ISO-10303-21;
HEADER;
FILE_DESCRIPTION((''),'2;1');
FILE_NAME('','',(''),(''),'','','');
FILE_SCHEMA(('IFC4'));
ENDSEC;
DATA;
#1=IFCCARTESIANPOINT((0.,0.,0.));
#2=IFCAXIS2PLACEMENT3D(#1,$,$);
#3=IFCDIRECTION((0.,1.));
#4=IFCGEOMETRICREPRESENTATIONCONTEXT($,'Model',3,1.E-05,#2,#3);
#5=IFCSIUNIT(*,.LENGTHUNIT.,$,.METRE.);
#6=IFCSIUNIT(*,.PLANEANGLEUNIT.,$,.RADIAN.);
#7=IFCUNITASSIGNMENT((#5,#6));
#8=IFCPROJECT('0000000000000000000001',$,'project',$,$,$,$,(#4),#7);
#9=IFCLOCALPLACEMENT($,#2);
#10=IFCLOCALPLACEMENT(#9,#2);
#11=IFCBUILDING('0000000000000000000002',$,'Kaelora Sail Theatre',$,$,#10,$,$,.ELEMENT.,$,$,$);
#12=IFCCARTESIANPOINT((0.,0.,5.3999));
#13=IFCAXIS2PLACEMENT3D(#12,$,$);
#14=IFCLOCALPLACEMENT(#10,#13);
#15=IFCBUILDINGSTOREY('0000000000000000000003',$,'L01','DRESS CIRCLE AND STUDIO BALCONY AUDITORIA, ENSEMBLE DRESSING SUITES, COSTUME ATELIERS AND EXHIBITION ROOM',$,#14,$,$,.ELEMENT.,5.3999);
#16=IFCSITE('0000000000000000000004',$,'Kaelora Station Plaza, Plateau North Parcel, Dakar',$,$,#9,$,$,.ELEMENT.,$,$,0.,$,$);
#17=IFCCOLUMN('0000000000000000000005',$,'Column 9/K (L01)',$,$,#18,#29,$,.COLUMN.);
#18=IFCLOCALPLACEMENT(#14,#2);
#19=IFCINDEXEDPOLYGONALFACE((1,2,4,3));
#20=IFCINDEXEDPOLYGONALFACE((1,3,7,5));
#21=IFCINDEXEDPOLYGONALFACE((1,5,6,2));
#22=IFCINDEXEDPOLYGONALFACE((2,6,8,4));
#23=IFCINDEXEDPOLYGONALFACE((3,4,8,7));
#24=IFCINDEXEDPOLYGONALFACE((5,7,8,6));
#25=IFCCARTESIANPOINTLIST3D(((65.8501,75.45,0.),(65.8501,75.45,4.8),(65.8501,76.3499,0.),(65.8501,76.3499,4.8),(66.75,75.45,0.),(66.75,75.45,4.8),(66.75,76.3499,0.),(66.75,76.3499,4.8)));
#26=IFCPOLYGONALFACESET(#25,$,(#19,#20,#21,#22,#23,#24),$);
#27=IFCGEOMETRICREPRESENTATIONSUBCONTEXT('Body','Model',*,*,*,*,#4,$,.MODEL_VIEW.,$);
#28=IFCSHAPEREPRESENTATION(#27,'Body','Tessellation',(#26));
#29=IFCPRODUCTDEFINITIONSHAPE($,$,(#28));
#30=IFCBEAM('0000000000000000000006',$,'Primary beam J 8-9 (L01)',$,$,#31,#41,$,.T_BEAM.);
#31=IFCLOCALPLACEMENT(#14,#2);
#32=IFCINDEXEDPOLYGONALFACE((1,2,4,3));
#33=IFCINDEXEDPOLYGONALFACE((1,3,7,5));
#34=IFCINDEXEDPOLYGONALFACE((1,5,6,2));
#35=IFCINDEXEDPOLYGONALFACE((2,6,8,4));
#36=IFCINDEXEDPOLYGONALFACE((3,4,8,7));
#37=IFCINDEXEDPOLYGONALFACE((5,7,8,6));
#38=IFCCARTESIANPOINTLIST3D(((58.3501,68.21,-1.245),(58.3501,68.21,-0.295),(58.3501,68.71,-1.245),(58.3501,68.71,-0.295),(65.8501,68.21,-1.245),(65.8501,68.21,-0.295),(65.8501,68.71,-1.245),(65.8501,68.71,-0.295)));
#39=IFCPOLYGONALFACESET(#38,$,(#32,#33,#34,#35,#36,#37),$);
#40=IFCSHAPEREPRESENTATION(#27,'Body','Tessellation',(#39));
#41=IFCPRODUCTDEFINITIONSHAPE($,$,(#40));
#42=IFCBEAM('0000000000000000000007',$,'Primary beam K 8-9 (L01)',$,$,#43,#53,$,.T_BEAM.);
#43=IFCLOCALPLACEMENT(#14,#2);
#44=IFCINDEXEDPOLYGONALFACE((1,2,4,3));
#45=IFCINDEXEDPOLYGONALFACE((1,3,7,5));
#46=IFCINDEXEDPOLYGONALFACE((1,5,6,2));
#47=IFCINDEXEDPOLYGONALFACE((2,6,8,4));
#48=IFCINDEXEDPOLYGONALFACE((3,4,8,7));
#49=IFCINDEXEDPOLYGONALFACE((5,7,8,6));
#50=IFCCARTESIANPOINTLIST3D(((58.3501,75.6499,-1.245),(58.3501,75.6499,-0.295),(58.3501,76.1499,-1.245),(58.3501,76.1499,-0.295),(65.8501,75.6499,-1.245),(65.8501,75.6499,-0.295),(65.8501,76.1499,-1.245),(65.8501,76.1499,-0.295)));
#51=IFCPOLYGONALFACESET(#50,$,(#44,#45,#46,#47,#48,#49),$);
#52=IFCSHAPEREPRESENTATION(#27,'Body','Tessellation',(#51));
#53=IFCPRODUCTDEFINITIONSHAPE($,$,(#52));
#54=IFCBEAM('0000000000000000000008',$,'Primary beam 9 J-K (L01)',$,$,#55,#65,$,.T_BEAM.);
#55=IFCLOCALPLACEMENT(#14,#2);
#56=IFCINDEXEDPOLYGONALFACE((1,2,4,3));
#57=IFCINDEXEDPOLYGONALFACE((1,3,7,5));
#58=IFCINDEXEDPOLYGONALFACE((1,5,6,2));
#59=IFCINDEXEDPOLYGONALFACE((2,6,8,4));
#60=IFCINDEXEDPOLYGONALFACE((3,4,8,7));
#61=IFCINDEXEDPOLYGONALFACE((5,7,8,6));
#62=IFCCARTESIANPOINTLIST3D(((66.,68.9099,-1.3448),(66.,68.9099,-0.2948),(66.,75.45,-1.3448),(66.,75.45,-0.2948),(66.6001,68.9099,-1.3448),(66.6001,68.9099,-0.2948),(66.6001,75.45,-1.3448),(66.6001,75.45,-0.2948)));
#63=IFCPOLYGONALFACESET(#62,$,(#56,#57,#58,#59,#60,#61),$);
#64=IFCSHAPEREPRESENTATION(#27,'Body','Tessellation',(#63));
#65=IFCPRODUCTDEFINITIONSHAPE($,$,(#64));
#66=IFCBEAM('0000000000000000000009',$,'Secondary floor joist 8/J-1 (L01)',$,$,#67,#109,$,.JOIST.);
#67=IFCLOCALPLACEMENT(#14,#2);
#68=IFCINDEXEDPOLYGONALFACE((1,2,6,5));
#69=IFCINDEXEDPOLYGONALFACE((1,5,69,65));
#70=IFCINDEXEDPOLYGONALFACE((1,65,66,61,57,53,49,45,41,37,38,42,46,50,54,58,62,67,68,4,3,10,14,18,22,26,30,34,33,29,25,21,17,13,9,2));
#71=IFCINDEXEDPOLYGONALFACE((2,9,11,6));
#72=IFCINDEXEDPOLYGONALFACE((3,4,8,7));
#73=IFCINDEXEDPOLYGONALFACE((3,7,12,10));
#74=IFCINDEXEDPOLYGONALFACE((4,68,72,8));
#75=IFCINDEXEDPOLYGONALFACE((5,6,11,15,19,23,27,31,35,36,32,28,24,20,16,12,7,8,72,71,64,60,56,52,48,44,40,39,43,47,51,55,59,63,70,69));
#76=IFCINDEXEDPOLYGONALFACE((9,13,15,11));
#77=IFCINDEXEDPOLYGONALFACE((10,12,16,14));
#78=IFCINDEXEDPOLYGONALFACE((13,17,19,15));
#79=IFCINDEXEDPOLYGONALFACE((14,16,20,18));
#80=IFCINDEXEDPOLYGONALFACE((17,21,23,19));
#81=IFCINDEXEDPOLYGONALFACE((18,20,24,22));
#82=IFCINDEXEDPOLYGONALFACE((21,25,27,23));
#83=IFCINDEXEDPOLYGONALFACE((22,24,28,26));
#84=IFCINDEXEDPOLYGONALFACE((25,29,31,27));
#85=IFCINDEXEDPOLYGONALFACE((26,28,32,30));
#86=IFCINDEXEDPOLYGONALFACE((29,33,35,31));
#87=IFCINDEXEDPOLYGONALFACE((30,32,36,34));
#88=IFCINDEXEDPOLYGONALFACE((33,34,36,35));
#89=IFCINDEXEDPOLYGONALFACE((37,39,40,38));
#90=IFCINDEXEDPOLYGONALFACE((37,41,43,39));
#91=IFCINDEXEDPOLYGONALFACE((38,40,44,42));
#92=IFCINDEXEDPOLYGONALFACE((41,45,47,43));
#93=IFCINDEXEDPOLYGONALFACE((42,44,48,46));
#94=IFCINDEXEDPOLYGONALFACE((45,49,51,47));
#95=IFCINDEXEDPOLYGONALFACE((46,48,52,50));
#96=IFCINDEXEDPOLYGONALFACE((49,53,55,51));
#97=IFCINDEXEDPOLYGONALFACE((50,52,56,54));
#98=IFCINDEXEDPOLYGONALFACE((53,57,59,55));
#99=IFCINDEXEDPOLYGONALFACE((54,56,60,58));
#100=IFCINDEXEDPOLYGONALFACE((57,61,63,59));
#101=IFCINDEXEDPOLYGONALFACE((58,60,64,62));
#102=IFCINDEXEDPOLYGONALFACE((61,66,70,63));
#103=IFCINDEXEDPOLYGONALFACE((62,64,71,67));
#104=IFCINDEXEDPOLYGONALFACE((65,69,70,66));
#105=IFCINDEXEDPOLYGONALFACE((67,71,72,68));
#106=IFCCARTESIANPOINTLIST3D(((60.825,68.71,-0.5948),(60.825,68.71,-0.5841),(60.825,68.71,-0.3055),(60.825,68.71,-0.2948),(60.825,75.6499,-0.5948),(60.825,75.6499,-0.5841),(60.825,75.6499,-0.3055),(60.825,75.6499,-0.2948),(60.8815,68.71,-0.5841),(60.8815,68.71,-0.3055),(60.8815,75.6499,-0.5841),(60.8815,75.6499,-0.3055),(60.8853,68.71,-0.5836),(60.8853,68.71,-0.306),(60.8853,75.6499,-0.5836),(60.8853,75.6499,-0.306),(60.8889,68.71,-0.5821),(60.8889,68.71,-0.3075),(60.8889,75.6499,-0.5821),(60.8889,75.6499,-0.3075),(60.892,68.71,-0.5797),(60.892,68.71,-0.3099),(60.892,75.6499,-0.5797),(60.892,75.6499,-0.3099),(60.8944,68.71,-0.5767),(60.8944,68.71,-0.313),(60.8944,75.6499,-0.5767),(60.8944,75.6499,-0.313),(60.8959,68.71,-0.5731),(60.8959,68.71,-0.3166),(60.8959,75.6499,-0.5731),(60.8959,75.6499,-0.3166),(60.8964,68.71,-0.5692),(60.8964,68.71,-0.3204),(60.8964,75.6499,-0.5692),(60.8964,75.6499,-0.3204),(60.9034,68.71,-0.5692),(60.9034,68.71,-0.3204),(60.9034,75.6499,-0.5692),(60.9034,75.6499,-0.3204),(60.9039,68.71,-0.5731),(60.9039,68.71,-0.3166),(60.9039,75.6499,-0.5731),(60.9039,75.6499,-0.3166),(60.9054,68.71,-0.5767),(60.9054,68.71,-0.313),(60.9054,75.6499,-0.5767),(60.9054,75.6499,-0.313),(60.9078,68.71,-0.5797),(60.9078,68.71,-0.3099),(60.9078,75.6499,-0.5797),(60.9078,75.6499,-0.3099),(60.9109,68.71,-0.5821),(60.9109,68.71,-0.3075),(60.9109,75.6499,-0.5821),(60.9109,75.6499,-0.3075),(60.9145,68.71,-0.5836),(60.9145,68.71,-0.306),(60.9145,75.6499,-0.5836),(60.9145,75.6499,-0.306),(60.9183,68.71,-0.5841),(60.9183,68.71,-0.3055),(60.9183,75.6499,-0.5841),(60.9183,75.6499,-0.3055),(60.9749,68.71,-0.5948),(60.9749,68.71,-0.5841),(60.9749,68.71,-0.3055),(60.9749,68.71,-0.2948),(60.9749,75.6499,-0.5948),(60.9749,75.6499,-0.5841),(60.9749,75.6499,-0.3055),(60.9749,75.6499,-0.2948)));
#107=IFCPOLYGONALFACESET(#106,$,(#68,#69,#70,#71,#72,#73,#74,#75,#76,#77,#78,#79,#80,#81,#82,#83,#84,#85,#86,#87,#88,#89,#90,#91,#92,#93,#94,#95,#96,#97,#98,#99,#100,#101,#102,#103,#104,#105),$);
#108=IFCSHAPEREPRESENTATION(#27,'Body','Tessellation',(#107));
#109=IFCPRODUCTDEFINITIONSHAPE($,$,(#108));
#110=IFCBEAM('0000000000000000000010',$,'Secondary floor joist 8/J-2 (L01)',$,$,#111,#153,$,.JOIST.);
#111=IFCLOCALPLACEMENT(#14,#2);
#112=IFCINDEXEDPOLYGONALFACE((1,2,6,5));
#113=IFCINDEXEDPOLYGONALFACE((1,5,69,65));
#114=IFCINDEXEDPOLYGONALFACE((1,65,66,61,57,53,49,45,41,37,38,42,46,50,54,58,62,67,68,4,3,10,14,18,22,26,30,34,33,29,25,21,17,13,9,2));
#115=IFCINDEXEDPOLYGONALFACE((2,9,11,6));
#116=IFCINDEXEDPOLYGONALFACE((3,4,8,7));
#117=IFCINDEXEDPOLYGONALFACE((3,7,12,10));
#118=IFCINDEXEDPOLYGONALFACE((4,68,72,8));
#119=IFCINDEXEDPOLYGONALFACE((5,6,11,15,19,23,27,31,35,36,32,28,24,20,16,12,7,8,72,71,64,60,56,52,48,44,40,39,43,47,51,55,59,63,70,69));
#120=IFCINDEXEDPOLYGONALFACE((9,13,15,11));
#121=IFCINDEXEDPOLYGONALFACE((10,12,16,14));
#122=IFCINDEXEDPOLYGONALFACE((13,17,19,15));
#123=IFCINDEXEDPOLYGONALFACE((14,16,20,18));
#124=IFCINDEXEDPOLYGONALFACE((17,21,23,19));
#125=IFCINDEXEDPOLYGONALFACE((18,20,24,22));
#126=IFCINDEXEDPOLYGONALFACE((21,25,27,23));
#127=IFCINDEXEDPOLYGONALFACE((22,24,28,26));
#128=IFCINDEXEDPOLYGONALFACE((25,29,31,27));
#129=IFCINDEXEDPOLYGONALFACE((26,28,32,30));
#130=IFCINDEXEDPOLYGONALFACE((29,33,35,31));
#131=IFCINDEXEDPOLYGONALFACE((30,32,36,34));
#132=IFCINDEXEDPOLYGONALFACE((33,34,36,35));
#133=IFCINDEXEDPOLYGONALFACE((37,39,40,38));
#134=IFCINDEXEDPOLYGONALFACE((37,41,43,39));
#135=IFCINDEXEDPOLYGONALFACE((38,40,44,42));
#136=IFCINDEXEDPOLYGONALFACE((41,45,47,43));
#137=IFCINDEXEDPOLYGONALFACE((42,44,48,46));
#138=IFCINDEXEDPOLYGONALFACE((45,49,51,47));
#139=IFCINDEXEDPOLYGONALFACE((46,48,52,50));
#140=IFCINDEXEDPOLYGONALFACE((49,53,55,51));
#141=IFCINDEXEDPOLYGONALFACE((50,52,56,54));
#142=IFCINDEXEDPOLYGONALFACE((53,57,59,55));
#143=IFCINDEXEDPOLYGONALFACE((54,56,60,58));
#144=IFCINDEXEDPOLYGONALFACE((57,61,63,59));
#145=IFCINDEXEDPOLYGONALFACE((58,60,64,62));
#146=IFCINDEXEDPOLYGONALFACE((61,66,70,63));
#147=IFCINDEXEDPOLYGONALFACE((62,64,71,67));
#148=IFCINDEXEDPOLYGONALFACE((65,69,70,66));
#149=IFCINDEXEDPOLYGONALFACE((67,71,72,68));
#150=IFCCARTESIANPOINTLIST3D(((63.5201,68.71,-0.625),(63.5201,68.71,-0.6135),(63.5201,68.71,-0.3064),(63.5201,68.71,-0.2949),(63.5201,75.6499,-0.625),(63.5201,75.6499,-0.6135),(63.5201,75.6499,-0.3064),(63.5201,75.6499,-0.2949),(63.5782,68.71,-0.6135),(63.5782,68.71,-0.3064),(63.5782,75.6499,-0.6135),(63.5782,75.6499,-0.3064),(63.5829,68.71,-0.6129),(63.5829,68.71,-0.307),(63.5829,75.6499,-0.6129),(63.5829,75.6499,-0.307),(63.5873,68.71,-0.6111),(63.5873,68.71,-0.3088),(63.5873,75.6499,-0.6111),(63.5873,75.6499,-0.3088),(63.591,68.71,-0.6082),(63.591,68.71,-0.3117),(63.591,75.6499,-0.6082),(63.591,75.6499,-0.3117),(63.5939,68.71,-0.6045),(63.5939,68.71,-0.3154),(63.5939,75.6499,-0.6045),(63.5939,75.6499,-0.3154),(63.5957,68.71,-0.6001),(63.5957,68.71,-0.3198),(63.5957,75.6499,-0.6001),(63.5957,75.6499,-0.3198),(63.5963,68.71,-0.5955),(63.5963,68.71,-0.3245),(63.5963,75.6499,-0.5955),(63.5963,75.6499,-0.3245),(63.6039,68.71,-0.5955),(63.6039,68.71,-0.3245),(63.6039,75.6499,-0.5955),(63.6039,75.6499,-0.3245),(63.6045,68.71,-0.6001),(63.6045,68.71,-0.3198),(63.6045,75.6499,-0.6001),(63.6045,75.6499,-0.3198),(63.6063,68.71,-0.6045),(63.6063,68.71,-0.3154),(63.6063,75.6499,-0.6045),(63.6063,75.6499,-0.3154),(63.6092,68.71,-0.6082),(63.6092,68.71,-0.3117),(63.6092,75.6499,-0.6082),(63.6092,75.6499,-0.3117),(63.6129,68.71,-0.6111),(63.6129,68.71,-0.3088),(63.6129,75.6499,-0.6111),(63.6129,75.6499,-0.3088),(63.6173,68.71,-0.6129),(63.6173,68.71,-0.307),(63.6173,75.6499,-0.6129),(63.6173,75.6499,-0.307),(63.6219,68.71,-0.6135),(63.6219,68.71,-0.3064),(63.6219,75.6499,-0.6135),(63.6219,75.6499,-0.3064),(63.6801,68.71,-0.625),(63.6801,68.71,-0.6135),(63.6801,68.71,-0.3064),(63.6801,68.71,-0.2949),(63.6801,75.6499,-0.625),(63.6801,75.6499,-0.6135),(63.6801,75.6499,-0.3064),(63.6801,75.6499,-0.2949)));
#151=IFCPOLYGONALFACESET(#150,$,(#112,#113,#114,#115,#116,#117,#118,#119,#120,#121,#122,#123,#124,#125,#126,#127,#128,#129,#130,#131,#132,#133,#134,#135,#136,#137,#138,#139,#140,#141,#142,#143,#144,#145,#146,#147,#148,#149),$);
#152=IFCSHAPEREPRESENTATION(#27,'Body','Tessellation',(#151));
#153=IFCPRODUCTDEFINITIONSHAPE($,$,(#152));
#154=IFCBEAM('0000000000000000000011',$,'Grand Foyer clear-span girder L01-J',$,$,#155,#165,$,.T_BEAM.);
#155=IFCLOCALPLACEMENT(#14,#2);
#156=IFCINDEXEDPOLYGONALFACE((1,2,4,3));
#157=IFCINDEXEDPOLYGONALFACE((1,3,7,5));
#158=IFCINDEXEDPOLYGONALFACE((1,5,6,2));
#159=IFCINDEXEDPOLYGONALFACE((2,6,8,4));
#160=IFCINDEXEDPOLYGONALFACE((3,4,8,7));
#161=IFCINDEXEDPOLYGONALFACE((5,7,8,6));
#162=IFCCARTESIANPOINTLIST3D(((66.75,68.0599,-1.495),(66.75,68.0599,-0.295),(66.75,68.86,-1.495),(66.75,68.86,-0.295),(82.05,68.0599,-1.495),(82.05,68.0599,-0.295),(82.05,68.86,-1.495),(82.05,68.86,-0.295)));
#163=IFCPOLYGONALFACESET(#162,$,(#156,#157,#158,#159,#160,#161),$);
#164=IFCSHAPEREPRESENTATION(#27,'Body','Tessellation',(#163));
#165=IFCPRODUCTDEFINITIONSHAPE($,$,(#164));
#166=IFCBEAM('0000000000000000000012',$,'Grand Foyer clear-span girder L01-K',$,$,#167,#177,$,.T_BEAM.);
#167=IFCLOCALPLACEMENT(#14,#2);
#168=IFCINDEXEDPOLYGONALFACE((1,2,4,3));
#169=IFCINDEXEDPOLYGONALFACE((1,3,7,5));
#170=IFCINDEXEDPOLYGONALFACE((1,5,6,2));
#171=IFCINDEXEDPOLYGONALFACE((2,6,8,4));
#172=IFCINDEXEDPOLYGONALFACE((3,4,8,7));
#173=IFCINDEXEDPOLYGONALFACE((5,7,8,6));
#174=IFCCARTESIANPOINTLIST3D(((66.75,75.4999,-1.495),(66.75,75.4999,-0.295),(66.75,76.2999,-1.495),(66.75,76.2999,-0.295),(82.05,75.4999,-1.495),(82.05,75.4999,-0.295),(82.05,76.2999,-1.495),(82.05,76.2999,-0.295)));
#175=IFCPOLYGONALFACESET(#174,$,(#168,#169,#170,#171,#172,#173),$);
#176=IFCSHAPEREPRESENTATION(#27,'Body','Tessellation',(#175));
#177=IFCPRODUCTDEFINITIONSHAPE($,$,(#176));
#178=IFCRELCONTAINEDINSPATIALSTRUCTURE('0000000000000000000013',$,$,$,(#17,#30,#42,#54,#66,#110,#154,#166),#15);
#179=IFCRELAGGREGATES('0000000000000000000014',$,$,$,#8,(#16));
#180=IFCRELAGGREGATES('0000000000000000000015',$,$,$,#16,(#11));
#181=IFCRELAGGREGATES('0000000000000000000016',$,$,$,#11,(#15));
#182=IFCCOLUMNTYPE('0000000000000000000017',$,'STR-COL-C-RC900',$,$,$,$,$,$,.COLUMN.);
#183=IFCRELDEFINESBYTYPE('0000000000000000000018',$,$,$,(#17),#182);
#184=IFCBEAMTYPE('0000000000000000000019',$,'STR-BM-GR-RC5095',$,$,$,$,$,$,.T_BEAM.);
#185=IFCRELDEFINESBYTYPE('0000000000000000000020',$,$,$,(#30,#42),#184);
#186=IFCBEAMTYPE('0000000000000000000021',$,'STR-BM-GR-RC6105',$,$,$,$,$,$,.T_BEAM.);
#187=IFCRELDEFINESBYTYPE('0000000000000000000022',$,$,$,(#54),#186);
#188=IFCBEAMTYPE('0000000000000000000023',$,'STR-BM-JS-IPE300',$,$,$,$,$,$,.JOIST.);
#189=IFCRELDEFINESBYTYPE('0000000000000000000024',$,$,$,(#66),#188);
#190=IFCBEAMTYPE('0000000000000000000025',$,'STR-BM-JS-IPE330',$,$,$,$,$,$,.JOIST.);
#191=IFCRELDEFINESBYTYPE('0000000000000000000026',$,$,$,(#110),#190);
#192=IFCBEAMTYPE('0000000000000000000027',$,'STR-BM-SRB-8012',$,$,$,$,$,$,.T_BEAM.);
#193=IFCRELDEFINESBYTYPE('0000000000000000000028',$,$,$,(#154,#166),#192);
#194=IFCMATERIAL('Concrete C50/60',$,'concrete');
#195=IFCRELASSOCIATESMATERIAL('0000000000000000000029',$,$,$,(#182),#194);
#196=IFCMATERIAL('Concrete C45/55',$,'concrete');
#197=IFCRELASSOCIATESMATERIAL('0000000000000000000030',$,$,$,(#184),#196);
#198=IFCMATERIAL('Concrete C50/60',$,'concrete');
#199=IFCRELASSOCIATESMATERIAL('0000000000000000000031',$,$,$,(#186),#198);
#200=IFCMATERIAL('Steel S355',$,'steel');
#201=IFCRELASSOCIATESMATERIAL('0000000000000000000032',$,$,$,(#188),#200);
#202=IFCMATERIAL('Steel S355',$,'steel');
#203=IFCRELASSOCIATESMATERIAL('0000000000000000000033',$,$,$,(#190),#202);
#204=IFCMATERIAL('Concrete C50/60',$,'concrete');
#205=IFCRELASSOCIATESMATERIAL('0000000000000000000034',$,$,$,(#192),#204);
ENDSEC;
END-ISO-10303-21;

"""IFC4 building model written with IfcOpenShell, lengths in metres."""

from ifc_helpers import new_model, si_unit, direction, frame, origin, origin_2d, place, context, subcontext, project, spatial, rectangle, i_section, extrude, material, material_profile, profile_set, type_object, element, save


model = new_model("IFC4")

# Units and contexts
model_context = context("Model", 3, precision=1e-05, world=origin(), true_north=direction((0.0, 1.0)))
body_context = subcontext(model_context, "Body", "Model", "MODEL_VIEW")
ifc_project = project(units=[si_unit("LENGTHUNIT", "METRE"), si_unit("PLANEANGLEUNIT", "RADIAN")], contexts=[model_context])

# Site, building, storey
site_placement = place(None, origin())
site = spatial("IfcSite", under=ifc_project, at=site_placement, Name="Kaelora Station Plaza, Plateau North Parcel, Dakar", CompositionType="ELEMENT", RefElevation=0.0)
building_placement = place(site_placement, origin())
building = spatial("IfcBuilding", under=site, at=building_placement, Name="Kaelora Sail Theatre", CompositionType="ELEMENT")
storey_placement = place(building_placement, frame((0.0, 0.0, 5.3999)))
storey = spatial("IfcBuildingStorey", under=building, at=storey_placement, Name="L01", Description="DRESS CIRCLE AND STUDIO BALCONY AUDITORIA, ENSEMBLE DRESSING SUITES, COSTUME ATELIERS AND EXHIBITION ROOM", CompositionType="ELEMENT", Elevation=5.3999)

# Column
ifc_material_1 = material(Name="Concrete C50/60", Category="concrete")
ifc_material_profile_1 = material_profile(ifc_material_1, rectangle(XDim=0.8999, YDim=0.8999, at=origin_2d()), Name="RC-COL 900x900")
ifc_profile_set_1 = profile_set([ifc_material_profile_1], Name="Concrete C50/60")
column_type_1 = type_object("IfcColumnType", Name="STR-COL-C-RC900", PredefinedType="COLUMN", material=ifc_profile_set_1)
for number, where, z_axis, x_axis, name in (
    (1, (66.3, 75.8999, 0.0), (0.0, 0.0, 1.0), (1.0, 0.0, 0.0), "Column 9/K (L01)"),
):
    element("IfcColumn", number, at=place(storey_placement, frame(where, z_axis=z_axis, x_axis=x_axis)), inside=storey, type_object=column_type_1, Name=name, PredefinedType="COLUMN", context=body_context, shape_type="SweptSolid", body=[
        extrude(rectangle(XDim=0.8999, YDim=0.8999, at=origin_2d()), origin(), (0.0, 0.0, 1.0), 4.8),
    ])

# Beams
ifc_material_2 = material(Name="Concrete C45/55", Category="concrete")
ifc_material_profile_2 = material_profile(ifc_material_2, rectangle(XDim=0.5, YDim=0.95, at=origin_2d()), Name="RC-GRD 500x950")
ifc_profile_set_2 = profile_set([ifc_material_profile_2], Name="Concrete C45/55")
beam_type_1 = type_object("IfcBeamType", Name="STR-BM-GR-RC5095", PredefinedType="T_BEAM", material=ifc_profile_set_2)
for number, where, z_axis, x_axis, name in (
    (2, (58.3501, 68.46, -0.77), (1.0, 0.0, 0.0), (0.0, 1.0, 0.0), "Primary beam J 8-9 (L01)"),
    (3, (58.3501, 75.8999, -0.77), (1.0, 0.0, 0.0), (0.0, 1.0, 0.0), "Primary beam K 8-9 (L01)"),
):
    element("IfcBeam", number, at=place(storey_placement, frame(where, z_axis=z_axis, x_axis=x_axis)), inside=storey, type_object=beam_type_1, Name=name, PredefinedType="T_BEAM", context=body_context, shape_type="SweptSolid", body=[
        extrude(rectangle(XDim=0.5, YDim=0.95, at=origin_2d()), origin(), (0.0, 0.0, 1.0), 7.5),
    ])
ifc_material_3 = material(Name="Concrete C50/60", Category="concrete")
ifc_material_profile_3 = material_profile(ifc_material_3, rectangle(XDim=0.6001, YDim=1.05, at=origin_2d()), Name="RC-GRD 600x1050")
ifc_profile_set_3 = profile_set([ifc_material_profile_3], Name="Concrete C50/60")
beam_type_2 = type_object("IfcBeamType", Name="STR-BM-GR-RC6105", PredefinedType="T_BEAM", material=ifc_profile_set_3)
beam_1_placement = place(storey_placement, frame((66.3, 68.9099, -0.8198), z_axis=(0.0, 1.0, 0.0), x_axis=(-1.0, 0.0, 0.0)))
element("IfcBeam", 4, at=beam_1_placement, inside=storey, type_object=beam_type_2, Name="Primary beam 9 J-K (L01)", PredefinedType="T_BEAM", context=body_context, shape_type="SweptSolid", body=[
    extrude(rectangle(XDim=0.6001, YDim=1.05, at=origin_2d()), origin(), (0.0, 0.0, 1.0), 6.54),
])
ifc_material_4 = material(Name="Steel S355", Category="steel")
ifc_material_profile_4 = material_profile(ifc_material_4, i_section(OverallWidth=0.1499, OverallDepth=0.3, WebThickness=0.0071, FlangeThickness=0.0107, FilletRadius=0.0149, at=origin_2d()), Name="IPE 300")
ifc_profile_set_4 = profile_set([ifc_material_profile_4], Name="Steel S355")
beam_type_3 = type_object("IfcBeamType", Name="STR-BM-JS-IPE300", PredefinedType="JOIST", material=ifc_profile_set_4)
beam_2_placement = place(storey_placement, frame((60.8999, 68.71, -0.4448), z_axis=(0.0, 1.0, 0.0), x_axis=(-1.0, 0.0, 0.0)))
element("IfcBeam", 5, at=beam_2_placement, inside=storey, type_object=beam_type_3, Name="Secondary floor joist 8/J-1 (L01)", PredefinedType="JOIST", context=body_context, shape_type="SweptSolid", body=[
    extrude(i_section(OverallWidth=0.1499, OverallDepth=0.3, WebThickness=0.0071, FlangeThickness=0.0107, FilletRadius=0.0149, at=origin_2d()), origin(), (0.0, 0.0, 1.0), 6.9399),
])
ifc_material_5 = material(Name="Steel S355", Category="steel")
ifc_material_profile_5 = material_profile(ifc_material_5, i_section(OverallWidth=0.1599, OverallDepth=0.3301, WebThickness=0.0076, FlangeThickness=0.0115, FilletRadius=0.0181, at=origin_2d()), Name="IPE 330")
ifc_profile_set_5 = profile_set([ifc_material_profile_5], Name="Steel S355")
beam_type_4 = type_object("IfcBeamType", Name="STR-BM-JS-IPE330", PredefinedType="JOIST", material=ifc_profile_set_5)
beam_3_placement = place(storey_placement, frame((63.6001, 68.71, -0.46), z_axis=(0.0, 1.0, 0.0), x_axis=(-1.0, 0.0, 0.0)))
element("IfcBeam", 6, at=beam_3_placement, inside=storey, type_object=beam_type_4, Name="Secondary floor joist 8/J-2 (L01)", PredefinedType="JOIST", context=body_context, shape_type="SweptSolid", body=[
    extrude(i_section(OverallWidth=0.1599, OverallDepth=0.3301, WebThickness=0.0076, FlangeThickness=0.0115, FilletRadius=0.0181, at=origin_2d()), origin(), (0.0, 0.0, 1.0), 6.9399),
])
ifc_material_6 = material(Name="Concrete C50/60", Category="concrete")
ifc_material_profile_6 = material_profile(ifc_material_6, rectangle(XDim=0.8, YDim=1.2, at=origin_2d()), Name="RC-SRB 800x1200")
ifc_profile_set_6 = profile_set([ifc_material_profile_6], Name="Concrete C50/60")
beam_type_5 = type_object("IfcBeamType", Name="STR-BM-SRB-8012", PredefinedType="T_BEAM", material=ifc_profile_set_6)
for number, where, z_axis, x_axis, name in (
    (7, (66.75, 68.46, -0.895), (1.0, 0.0, 0.0), (0.0, 1.0, 0.0), "Grand Foyer clear-span girder L01-J"),
    (8, (66.75, 75.8999, -0.895), (1.0, 0.0, 0.0), (0.0, 1.0, 0.0), "Grand Foyer clear-span girder L01-K"),
):
    element("IfcBeam", number, at=place(storey_placement, frame(where, z_axis=z_axis, x_axis=x_axis)), inside=storey, type_object=beam_type_5, Name=name, PredefinedType="T_BEAM", context=body_context, shape_type="SweptSolid", body=[
        extrude(rectangle(XDim=0.8, YDim=1.2, at=origin_2d()), origin(), (0.0, 0.0, 1.0), 15.3),
    ])

save(model, "model.ifc")
